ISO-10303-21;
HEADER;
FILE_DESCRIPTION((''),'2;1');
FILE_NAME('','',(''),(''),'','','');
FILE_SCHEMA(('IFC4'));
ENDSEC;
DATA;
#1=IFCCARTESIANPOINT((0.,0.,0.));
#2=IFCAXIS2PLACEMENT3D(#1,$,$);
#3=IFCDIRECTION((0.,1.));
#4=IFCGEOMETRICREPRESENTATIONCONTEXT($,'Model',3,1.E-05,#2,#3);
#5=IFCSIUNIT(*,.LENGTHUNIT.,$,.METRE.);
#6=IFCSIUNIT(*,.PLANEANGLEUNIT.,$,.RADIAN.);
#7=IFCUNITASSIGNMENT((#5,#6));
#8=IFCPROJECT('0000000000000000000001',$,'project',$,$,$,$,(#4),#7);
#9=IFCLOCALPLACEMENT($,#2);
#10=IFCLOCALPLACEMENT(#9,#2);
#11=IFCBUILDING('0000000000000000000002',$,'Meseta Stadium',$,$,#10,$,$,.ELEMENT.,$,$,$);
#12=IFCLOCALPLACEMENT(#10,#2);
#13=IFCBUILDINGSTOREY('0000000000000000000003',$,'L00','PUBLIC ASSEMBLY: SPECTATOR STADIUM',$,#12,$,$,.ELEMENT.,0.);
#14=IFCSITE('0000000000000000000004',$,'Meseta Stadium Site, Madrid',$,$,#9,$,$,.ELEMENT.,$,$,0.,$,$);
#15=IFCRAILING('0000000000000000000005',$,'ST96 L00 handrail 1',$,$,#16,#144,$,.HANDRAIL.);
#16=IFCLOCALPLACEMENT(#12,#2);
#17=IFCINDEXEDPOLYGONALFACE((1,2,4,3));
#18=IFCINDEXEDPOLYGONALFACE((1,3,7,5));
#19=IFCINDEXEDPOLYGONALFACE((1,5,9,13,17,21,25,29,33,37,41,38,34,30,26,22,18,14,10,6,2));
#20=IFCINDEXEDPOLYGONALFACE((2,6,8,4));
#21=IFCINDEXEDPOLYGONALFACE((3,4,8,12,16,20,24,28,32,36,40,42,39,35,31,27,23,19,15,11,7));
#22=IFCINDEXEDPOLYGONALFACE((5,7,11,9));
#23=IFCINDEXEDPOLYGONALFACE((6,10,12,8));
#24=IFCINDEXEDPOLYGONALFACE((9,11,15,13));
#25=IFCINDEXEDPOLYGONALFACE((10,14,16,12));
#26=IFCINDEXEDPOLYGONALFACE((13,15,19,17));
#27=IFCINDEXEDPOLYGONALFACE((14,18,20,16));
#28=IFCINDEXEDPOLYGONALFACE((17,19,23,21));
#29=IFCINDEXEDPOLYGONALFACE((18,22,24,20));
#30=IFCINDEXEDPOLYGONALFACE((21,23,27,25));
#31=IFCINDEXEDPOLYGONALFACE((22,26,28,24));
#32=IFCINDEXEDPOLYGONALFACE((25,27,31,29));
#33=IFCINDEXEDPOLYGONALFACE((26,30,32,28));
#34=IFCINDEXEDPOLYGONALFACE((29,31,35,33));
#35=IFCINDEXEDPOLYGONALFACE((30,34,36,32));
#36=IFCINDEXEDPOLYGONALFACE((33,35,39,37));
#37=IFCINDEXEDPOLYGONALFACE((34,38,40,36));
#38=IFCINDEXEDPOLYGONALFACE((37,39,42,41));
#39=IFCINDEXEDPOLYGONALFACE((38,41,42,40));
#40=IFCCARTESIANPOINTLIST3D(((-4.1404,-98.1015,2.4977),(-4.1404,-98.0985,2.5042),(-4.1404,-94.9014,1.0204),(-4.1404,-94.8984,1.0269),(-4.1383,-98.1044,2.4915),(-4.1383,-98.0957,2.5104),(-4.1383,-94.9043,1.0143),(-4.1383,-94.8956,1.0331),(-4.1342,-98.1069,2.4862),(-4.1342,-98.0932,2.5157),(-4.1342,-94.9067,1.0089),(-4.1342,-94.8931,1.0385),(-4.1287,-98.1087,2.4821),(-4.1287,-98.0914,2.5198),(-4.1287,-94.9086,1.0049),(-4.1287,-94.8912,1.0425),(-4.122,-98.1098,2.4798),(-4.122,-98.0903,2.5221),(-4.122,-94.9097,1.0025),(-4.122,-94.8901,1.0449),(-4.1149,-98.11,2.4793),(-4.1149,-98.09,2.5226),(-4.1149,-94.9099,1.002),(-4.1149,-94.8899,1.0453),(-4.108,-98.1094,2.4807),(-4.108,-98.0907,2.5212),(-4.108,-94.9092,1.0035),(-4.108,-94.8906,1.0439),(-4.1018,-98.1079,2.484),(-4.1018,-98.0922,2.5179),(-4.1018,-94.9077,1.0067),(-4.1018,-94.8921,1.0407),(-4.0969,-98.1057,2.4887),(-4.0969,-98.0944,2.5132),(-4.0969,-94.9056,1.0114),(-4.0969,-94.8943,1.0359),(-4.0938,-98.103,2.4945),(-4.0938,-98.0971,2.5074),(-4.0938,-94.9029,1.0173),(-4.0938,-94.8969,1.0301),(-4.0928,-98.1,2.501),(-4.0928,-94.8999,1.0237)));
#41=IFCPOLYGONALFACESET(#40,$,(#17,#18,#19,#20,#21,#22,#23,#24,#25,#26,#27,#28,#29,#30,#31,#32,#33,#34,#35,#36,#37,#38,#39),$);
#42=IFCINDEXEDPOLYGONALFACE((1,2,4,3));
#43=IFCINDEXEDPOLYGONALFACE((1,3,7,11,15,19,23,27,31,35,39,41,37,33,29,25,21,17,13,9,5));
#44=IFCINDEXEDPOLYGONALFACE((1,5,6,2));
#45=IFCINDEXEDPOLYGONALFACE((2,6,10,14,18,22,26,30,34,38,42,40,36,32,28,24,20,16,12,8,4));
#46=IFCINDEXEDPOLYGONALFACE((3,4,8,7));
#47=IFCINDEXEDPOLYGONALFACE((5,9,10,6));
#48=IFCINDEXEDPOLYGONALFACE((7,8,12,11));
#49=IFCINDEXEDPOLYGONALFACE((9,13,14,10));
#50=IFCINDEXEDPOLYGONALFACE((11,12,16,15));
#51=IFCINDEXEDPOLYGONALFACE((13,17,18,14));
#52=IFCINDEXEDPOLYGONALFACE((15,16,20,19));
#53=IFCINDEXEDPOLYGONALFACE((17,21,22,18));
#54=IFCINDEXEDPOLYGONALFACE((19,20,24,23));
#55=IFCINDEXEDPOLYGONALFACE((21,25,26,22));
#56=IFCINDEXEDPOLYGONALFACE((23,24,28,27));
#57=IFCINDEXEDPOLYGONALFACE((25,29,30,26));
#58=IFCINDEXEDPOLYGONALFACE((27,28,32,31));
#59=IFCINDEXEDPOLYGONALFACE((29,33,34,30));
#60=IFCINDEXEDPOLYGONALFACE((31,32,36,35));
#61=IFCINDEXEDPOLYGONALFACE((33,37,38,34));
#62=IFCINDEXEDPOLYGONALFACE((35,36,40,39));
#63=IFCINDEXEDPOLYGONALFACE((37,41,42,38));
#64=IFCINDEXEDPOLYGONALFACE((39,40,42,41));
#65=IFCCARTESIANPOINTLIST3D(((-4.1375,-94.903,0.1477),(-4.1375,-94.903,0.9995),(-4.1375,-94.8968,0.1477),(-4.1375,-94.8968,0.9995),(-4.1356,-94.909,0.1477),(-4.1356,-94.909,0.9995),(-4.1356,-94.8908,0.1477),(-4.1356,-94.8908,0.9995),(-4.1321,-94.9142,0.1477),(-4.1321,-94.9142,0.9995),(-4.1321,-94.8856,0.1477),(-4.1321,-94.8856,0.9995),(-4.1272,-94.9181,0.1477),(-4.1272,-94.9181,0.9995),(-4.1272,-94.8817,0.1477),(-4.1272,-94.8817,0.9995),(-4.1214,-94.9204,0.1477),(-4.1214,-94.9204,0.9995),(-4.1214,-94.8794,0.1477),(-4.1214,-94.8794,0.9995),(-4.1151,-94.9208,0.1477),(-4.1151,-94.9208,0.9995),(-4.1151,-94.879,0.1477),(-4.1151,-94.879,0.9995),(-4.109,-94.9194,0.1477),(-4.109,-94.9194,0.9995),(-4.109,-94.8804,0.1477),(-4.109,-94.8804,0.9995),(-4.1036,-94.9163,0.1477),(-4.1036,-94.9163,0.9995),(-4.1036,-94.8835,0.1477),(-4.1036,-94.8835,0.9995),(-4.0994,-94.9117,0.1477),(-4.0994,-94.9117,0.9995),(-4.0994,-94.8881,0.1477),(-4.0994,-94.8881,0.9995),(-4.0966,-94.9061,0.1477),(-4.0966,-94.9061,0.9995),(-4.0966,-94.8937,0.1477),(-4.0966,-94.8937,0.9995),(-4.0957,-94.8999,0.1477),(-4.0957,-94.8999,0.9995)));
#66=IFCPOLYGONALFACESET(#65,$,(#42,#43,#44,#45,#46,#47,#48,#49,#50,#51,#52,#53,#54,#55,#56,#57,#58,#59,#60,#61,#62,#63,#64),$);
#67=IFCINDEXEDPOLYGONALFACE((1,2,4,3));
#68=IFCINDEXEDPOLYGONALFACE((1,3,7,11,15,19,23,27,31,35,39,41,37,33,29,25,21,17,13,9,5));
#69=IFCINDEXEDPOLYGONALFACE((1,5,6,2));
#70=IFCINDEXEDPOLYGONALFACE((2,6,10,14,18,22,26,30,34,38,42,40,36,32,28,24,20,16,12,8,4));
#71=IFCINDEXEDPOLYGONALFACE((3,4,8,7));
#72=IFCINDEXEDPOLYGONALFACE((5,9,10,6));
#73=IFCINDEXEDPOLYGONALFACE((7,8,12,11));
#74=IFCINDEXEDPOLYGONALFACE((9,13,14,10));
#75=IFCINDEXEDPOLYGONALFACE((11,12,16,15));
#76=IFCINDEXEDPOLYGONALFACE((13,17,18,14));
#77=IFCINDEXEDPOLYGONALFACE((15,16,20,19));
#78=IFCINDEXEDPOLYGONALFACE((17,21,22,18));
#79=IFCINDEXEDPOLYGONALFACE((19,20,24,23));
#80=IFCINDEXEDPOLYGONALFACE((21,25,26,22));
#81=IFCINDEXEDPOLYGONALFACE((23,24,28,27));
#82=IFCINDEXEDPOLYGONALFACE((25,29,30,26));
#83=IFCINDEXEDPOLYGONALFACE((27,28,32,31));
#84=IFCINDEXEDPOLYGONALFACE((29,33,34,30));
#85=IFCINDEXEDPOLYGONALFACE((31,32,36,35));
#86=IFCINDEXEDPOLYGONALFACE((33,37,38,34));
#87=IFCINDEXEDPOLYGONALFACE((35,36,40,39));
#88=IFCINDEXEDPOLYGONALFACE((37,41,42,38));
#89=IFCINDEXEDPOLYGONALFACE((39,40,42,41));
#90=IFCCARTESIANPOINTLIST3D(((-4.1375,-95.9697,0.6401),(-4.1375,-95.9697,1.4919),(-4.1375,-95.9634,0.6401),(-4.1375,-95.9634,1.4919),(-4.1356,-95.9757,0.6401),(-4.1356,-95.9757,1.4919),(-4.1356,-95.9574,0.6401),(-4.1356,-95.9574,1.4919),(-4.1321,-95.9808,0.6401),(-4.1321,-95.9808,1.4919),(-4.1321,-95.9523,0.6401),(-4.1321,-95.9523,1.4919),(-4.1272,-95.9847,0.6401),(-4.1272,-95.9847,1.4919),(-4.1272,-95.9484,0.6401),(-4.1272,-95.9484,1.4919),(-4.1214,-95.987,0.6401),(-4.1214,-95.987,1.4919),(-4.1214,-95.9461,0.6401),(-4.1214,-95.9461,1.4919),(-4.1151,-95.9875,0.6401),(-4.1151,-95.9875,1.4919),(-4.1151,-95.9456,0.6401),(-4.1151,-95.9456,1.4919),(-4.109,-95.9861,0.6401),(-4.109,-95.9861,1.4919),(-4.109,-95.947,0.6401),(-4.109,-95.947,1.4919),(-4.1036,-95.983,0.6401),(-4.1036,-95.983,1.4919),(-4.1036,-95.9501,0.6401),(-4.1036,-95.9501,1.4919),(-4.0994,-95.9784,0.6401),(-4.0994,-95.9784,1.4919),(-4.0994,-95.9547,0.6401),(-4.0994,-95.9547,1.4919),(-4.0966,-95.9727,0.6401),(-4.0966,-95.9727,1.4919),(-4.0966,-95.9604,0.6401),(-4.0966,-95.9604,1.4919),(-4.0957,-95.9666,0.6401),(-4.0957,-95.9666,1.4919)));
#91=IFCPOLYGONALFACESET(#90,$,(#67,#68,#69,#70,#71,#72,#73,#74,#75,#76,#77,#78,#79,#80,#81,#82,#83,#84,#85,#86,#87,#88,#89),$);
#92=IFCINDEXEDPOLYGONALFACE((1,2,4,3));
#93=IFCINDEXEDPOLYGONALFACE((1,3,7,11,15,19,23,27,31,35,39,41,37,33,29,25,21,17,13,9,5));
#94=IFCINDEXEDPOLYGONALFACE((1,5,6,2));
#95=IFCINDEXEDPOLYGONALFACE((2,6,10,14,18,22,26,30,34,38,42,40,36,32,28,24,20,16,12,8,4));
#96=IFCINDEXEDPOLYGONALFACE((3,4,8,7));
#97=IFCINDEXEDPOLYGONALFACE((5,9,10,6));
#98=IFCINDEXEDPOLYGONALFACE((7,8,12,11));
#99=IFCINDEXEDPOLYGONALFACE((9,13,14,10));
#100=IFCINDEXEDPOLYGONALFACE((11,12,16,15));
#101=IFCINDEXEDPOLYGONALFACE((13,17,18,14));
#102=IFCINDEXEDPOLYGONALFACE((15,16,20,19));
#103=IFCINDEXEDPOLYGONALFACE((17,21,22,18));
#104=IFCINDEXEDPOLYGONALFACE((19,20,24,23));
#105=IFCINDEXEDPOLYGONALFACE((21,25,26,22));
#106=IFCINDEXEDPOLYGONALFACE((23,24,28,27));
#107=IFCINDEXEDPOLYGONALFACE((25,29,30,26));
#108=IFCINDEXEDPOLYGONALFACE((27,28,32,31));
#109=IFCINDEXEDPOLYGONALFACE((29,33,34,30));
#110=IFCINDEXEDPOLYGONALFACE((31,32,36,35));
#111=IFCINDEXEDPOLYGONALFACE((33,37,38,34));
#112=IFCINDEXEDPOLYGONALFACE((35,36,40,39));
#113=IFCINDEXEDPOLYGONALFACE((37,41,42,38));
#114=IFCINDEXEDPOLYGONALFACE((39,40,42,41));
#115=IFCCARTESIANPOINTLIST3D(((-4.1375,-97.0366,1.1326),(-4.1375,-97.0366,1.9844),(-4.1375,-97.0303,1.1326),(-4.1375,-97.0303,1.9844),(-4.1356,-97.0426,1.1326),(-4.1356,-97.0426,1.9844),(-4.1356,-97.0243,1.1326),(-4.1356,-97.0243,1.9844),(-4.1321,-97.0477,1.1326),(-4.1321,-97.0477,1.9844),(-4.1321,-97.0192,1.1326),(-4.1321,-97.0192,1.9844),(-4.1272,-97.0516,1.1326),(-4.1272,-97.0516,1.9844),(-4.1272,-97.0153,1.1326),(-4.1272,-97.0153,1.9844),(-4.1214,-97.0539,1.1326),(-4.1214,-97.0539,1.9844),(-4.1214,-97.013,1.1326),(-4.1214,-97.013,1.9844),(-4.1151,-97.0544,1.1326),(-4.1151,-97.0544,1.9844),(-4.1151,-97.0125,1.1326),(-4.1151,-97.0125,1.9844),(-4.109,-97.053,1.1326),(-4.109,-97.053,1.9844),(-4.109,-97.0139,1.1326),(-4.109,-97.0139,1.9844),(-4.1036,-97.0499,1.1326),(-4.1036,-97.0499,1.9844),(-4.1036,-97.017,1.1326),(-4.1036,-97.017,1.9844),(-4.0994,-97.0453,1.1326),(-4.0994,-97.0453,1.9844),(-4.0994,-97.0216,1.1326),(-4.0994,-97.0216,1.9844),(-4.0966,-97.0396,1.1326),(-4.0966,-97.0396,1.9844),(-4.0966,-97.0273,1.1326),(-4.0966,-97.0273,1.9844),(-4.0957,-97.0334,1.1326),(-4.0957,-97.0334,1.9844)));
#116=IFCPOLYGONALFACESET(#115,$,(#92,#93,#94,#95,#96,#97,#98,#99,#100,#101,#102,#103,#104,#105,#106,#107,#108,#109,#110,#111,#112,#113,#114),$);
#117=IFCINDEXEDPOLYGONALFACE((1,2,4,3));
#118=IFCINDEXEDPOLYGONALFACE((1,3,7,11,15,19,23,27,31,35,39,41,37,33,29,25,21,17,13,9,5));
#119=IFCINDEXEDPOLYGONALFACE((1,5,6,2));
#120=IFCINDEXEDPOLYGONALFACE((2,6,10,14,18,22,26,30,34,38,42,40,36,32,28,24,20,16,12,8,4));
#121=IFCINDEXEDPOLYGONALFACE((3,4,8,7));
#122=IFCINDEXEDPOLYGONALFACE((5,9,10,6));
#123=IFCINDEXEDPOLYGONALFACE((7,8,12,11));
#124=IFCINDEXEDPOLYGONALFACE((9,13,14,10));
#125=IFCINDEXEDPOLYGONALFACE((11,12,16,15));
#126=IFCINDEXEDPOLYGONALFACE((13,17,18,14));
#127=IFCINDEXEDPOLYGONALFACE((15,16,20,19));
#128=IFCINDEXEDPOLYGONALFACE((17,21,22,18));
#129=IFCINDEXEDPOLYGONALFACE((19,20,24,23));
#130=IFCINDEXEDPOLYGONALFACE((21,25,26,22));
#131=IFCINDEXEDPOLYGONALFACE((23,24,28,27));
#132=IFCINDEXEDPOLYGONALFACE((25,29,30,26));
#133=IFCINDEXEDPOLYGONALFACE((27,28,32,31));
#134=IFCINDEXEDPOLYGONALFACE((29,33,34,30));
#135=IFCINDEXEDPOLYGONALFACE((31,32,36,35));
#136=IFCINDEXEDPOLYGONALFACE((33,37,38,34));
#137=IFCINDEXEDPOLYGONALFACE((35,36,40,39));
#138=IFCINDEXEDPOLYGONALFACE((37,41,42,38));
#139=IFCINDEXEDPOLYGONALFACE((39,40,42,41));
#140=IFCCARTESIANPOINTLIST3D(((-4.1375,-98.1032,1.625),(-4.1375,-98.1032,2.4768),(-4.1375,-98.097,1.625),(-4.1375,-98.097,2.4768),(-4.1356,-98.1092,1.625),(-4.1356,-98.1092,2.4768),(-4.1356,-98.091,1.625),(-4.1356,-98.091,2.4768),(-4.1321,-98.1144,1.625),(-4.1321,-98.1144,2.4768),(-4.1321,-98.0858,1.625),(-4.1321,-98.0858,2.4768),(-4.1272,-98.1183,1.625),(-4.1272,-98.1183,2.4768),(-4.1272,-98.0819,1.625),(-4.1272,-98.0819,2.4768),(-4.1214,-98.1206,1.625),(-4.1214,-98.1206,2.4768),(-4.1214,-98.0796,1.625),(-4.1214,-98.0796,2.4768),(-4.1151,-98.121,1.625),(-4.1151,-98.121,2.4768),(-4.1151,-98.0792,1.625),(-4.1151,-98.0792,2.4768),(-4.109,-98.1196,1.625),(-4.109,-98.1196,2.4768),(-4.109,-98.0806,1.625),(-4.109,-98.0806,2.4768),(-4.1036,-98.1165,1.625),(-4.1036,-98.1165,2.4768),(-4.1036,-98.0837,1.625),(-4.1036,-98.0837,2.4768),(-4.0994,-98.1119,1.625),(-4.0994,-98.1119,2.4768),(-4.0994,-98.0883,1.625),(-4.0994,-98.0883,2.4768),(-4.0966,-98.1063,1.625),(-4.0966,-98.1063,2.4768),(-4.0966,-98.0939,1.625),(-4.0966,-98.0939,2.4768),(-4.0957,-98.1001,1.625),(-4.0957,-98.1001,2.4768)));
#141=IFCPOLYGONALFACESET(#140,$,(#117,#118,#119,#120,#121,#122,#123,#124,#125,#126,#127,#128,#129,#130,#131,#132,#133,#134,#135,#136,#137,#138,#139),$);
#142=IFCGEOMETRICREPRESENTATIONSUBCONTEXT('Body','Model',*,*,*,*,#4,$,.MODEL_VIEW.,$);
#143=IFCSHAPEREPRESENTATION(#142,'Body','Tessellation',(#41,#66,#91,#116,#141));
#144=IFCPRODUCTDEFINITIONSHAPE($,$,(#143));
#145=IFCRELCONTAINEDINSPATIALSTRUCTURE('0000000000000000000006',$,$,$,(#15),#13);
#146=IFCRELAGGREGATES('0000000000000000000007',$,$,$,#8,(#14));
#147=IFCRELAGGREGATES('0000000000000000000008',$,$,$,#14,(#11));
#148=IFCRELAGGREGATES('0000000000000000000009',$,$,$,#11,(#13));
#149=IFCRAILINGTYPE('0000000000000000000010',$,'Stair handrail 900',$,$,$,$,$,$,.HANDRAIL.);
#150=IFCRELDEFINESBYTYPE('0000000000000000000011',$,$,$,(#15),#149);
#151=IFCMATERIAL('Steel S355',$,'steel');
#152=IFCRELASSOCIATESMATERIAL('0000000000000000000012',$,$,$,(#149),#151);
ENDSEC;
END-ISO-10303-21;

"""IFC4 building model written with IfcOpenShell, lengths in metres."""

from ifc_helpers import new_model, si_unit, direction, frame, origin, origin_2d, place, context, subcontext, project, spatial, circle, extrude, material, type_object, element, save


model = new_model("IFC4")

# Units and contexts
model_context = context("Model", 3, precision=1e-05, world=origin(), true_north=direction((0.0, 1.0)))
body_context = subcontext(model_context, "Body", "Model", "MODEL_VIEW")
ifc_project = project(units=[si_unit("LENGTHUNIT", "METRE"), si_unit("PLANEANGLEUNIT", "RADIAN")], contexts=[model_context])

# Site, building, storey
site_placement = place(None, origin())
site = spatial("IfcSite", under=ifc_project, at=site_placement, Name="Meseta Stadium Site, Madrid", CompositionType="ELEMENT", RefElevation=0.0)
building_placement = place(site_placement, origin())
building = spatial("IfcBuilding", under=site, at=building_placement, Name="Meseta Stadium", CompositionType="ELEMENT")
storey_placement = place(building_placement, origin())
storey = spatial("IfcBuildingStorey", under=building, at=storey_placement, Name="L00", Description="PUBLIC ASSEMBLY: SPECTATOR STADIUM", CompositionType="ELEMENT", Elevation=0.0)

# Railing
ifc_material_1 = material(Name="Steel S355", Category="steel")
railing_type_1 = type_object("IfcRailingType", Name="Stair handrail 900", PredefinedType="HANDRAIL", material=ifc_material_1)
railing_1_placement = place(storey_placement, frame((-4.1167, -94.8999, 0.1477)))
element("IfcRailing", 1, at=railing_1_placement, inside=storey, type_object=railing_type_1, Name="ST96 L00 handrail 1", PredefinedType="HANDRAIL", context=body_context, shape_type="SweptSolid", body=[
    extrude(circle(Radius=0.0239, at=origin_2d()), frame((0.0, 0.0, 0.876), z_axis=(0.0, -0.907929, 0.419124), x_axis=(1.0, 0.0, 0.0)), (0.0, 0.0, 1.0), 3.5247),
    extrude(circle(Radius=0.021, at=origin_2d()), origin(), (0.0, 0.0, 1.0), 0.8518),
    extrude(circle(Radius=0.021, at=origin_2d()), frame((0.0, -1.0667, 0.4924)), (0.0, 0.0, 1.0), 0.8518),
    extrude(circle(Radius=0.021, at=origin_2d()), frame((0.0, -2.1335, 0.9849)), (0.0, 0.0, 1.0), 0.8518),
    extrude(circle(Radius=0.021, at=origin_2d()), frame((0.0, -3.2002, 1.4773)), (0.0, 0.0, 1.0), 0.8518),
])

save(model, "model.ifc")
